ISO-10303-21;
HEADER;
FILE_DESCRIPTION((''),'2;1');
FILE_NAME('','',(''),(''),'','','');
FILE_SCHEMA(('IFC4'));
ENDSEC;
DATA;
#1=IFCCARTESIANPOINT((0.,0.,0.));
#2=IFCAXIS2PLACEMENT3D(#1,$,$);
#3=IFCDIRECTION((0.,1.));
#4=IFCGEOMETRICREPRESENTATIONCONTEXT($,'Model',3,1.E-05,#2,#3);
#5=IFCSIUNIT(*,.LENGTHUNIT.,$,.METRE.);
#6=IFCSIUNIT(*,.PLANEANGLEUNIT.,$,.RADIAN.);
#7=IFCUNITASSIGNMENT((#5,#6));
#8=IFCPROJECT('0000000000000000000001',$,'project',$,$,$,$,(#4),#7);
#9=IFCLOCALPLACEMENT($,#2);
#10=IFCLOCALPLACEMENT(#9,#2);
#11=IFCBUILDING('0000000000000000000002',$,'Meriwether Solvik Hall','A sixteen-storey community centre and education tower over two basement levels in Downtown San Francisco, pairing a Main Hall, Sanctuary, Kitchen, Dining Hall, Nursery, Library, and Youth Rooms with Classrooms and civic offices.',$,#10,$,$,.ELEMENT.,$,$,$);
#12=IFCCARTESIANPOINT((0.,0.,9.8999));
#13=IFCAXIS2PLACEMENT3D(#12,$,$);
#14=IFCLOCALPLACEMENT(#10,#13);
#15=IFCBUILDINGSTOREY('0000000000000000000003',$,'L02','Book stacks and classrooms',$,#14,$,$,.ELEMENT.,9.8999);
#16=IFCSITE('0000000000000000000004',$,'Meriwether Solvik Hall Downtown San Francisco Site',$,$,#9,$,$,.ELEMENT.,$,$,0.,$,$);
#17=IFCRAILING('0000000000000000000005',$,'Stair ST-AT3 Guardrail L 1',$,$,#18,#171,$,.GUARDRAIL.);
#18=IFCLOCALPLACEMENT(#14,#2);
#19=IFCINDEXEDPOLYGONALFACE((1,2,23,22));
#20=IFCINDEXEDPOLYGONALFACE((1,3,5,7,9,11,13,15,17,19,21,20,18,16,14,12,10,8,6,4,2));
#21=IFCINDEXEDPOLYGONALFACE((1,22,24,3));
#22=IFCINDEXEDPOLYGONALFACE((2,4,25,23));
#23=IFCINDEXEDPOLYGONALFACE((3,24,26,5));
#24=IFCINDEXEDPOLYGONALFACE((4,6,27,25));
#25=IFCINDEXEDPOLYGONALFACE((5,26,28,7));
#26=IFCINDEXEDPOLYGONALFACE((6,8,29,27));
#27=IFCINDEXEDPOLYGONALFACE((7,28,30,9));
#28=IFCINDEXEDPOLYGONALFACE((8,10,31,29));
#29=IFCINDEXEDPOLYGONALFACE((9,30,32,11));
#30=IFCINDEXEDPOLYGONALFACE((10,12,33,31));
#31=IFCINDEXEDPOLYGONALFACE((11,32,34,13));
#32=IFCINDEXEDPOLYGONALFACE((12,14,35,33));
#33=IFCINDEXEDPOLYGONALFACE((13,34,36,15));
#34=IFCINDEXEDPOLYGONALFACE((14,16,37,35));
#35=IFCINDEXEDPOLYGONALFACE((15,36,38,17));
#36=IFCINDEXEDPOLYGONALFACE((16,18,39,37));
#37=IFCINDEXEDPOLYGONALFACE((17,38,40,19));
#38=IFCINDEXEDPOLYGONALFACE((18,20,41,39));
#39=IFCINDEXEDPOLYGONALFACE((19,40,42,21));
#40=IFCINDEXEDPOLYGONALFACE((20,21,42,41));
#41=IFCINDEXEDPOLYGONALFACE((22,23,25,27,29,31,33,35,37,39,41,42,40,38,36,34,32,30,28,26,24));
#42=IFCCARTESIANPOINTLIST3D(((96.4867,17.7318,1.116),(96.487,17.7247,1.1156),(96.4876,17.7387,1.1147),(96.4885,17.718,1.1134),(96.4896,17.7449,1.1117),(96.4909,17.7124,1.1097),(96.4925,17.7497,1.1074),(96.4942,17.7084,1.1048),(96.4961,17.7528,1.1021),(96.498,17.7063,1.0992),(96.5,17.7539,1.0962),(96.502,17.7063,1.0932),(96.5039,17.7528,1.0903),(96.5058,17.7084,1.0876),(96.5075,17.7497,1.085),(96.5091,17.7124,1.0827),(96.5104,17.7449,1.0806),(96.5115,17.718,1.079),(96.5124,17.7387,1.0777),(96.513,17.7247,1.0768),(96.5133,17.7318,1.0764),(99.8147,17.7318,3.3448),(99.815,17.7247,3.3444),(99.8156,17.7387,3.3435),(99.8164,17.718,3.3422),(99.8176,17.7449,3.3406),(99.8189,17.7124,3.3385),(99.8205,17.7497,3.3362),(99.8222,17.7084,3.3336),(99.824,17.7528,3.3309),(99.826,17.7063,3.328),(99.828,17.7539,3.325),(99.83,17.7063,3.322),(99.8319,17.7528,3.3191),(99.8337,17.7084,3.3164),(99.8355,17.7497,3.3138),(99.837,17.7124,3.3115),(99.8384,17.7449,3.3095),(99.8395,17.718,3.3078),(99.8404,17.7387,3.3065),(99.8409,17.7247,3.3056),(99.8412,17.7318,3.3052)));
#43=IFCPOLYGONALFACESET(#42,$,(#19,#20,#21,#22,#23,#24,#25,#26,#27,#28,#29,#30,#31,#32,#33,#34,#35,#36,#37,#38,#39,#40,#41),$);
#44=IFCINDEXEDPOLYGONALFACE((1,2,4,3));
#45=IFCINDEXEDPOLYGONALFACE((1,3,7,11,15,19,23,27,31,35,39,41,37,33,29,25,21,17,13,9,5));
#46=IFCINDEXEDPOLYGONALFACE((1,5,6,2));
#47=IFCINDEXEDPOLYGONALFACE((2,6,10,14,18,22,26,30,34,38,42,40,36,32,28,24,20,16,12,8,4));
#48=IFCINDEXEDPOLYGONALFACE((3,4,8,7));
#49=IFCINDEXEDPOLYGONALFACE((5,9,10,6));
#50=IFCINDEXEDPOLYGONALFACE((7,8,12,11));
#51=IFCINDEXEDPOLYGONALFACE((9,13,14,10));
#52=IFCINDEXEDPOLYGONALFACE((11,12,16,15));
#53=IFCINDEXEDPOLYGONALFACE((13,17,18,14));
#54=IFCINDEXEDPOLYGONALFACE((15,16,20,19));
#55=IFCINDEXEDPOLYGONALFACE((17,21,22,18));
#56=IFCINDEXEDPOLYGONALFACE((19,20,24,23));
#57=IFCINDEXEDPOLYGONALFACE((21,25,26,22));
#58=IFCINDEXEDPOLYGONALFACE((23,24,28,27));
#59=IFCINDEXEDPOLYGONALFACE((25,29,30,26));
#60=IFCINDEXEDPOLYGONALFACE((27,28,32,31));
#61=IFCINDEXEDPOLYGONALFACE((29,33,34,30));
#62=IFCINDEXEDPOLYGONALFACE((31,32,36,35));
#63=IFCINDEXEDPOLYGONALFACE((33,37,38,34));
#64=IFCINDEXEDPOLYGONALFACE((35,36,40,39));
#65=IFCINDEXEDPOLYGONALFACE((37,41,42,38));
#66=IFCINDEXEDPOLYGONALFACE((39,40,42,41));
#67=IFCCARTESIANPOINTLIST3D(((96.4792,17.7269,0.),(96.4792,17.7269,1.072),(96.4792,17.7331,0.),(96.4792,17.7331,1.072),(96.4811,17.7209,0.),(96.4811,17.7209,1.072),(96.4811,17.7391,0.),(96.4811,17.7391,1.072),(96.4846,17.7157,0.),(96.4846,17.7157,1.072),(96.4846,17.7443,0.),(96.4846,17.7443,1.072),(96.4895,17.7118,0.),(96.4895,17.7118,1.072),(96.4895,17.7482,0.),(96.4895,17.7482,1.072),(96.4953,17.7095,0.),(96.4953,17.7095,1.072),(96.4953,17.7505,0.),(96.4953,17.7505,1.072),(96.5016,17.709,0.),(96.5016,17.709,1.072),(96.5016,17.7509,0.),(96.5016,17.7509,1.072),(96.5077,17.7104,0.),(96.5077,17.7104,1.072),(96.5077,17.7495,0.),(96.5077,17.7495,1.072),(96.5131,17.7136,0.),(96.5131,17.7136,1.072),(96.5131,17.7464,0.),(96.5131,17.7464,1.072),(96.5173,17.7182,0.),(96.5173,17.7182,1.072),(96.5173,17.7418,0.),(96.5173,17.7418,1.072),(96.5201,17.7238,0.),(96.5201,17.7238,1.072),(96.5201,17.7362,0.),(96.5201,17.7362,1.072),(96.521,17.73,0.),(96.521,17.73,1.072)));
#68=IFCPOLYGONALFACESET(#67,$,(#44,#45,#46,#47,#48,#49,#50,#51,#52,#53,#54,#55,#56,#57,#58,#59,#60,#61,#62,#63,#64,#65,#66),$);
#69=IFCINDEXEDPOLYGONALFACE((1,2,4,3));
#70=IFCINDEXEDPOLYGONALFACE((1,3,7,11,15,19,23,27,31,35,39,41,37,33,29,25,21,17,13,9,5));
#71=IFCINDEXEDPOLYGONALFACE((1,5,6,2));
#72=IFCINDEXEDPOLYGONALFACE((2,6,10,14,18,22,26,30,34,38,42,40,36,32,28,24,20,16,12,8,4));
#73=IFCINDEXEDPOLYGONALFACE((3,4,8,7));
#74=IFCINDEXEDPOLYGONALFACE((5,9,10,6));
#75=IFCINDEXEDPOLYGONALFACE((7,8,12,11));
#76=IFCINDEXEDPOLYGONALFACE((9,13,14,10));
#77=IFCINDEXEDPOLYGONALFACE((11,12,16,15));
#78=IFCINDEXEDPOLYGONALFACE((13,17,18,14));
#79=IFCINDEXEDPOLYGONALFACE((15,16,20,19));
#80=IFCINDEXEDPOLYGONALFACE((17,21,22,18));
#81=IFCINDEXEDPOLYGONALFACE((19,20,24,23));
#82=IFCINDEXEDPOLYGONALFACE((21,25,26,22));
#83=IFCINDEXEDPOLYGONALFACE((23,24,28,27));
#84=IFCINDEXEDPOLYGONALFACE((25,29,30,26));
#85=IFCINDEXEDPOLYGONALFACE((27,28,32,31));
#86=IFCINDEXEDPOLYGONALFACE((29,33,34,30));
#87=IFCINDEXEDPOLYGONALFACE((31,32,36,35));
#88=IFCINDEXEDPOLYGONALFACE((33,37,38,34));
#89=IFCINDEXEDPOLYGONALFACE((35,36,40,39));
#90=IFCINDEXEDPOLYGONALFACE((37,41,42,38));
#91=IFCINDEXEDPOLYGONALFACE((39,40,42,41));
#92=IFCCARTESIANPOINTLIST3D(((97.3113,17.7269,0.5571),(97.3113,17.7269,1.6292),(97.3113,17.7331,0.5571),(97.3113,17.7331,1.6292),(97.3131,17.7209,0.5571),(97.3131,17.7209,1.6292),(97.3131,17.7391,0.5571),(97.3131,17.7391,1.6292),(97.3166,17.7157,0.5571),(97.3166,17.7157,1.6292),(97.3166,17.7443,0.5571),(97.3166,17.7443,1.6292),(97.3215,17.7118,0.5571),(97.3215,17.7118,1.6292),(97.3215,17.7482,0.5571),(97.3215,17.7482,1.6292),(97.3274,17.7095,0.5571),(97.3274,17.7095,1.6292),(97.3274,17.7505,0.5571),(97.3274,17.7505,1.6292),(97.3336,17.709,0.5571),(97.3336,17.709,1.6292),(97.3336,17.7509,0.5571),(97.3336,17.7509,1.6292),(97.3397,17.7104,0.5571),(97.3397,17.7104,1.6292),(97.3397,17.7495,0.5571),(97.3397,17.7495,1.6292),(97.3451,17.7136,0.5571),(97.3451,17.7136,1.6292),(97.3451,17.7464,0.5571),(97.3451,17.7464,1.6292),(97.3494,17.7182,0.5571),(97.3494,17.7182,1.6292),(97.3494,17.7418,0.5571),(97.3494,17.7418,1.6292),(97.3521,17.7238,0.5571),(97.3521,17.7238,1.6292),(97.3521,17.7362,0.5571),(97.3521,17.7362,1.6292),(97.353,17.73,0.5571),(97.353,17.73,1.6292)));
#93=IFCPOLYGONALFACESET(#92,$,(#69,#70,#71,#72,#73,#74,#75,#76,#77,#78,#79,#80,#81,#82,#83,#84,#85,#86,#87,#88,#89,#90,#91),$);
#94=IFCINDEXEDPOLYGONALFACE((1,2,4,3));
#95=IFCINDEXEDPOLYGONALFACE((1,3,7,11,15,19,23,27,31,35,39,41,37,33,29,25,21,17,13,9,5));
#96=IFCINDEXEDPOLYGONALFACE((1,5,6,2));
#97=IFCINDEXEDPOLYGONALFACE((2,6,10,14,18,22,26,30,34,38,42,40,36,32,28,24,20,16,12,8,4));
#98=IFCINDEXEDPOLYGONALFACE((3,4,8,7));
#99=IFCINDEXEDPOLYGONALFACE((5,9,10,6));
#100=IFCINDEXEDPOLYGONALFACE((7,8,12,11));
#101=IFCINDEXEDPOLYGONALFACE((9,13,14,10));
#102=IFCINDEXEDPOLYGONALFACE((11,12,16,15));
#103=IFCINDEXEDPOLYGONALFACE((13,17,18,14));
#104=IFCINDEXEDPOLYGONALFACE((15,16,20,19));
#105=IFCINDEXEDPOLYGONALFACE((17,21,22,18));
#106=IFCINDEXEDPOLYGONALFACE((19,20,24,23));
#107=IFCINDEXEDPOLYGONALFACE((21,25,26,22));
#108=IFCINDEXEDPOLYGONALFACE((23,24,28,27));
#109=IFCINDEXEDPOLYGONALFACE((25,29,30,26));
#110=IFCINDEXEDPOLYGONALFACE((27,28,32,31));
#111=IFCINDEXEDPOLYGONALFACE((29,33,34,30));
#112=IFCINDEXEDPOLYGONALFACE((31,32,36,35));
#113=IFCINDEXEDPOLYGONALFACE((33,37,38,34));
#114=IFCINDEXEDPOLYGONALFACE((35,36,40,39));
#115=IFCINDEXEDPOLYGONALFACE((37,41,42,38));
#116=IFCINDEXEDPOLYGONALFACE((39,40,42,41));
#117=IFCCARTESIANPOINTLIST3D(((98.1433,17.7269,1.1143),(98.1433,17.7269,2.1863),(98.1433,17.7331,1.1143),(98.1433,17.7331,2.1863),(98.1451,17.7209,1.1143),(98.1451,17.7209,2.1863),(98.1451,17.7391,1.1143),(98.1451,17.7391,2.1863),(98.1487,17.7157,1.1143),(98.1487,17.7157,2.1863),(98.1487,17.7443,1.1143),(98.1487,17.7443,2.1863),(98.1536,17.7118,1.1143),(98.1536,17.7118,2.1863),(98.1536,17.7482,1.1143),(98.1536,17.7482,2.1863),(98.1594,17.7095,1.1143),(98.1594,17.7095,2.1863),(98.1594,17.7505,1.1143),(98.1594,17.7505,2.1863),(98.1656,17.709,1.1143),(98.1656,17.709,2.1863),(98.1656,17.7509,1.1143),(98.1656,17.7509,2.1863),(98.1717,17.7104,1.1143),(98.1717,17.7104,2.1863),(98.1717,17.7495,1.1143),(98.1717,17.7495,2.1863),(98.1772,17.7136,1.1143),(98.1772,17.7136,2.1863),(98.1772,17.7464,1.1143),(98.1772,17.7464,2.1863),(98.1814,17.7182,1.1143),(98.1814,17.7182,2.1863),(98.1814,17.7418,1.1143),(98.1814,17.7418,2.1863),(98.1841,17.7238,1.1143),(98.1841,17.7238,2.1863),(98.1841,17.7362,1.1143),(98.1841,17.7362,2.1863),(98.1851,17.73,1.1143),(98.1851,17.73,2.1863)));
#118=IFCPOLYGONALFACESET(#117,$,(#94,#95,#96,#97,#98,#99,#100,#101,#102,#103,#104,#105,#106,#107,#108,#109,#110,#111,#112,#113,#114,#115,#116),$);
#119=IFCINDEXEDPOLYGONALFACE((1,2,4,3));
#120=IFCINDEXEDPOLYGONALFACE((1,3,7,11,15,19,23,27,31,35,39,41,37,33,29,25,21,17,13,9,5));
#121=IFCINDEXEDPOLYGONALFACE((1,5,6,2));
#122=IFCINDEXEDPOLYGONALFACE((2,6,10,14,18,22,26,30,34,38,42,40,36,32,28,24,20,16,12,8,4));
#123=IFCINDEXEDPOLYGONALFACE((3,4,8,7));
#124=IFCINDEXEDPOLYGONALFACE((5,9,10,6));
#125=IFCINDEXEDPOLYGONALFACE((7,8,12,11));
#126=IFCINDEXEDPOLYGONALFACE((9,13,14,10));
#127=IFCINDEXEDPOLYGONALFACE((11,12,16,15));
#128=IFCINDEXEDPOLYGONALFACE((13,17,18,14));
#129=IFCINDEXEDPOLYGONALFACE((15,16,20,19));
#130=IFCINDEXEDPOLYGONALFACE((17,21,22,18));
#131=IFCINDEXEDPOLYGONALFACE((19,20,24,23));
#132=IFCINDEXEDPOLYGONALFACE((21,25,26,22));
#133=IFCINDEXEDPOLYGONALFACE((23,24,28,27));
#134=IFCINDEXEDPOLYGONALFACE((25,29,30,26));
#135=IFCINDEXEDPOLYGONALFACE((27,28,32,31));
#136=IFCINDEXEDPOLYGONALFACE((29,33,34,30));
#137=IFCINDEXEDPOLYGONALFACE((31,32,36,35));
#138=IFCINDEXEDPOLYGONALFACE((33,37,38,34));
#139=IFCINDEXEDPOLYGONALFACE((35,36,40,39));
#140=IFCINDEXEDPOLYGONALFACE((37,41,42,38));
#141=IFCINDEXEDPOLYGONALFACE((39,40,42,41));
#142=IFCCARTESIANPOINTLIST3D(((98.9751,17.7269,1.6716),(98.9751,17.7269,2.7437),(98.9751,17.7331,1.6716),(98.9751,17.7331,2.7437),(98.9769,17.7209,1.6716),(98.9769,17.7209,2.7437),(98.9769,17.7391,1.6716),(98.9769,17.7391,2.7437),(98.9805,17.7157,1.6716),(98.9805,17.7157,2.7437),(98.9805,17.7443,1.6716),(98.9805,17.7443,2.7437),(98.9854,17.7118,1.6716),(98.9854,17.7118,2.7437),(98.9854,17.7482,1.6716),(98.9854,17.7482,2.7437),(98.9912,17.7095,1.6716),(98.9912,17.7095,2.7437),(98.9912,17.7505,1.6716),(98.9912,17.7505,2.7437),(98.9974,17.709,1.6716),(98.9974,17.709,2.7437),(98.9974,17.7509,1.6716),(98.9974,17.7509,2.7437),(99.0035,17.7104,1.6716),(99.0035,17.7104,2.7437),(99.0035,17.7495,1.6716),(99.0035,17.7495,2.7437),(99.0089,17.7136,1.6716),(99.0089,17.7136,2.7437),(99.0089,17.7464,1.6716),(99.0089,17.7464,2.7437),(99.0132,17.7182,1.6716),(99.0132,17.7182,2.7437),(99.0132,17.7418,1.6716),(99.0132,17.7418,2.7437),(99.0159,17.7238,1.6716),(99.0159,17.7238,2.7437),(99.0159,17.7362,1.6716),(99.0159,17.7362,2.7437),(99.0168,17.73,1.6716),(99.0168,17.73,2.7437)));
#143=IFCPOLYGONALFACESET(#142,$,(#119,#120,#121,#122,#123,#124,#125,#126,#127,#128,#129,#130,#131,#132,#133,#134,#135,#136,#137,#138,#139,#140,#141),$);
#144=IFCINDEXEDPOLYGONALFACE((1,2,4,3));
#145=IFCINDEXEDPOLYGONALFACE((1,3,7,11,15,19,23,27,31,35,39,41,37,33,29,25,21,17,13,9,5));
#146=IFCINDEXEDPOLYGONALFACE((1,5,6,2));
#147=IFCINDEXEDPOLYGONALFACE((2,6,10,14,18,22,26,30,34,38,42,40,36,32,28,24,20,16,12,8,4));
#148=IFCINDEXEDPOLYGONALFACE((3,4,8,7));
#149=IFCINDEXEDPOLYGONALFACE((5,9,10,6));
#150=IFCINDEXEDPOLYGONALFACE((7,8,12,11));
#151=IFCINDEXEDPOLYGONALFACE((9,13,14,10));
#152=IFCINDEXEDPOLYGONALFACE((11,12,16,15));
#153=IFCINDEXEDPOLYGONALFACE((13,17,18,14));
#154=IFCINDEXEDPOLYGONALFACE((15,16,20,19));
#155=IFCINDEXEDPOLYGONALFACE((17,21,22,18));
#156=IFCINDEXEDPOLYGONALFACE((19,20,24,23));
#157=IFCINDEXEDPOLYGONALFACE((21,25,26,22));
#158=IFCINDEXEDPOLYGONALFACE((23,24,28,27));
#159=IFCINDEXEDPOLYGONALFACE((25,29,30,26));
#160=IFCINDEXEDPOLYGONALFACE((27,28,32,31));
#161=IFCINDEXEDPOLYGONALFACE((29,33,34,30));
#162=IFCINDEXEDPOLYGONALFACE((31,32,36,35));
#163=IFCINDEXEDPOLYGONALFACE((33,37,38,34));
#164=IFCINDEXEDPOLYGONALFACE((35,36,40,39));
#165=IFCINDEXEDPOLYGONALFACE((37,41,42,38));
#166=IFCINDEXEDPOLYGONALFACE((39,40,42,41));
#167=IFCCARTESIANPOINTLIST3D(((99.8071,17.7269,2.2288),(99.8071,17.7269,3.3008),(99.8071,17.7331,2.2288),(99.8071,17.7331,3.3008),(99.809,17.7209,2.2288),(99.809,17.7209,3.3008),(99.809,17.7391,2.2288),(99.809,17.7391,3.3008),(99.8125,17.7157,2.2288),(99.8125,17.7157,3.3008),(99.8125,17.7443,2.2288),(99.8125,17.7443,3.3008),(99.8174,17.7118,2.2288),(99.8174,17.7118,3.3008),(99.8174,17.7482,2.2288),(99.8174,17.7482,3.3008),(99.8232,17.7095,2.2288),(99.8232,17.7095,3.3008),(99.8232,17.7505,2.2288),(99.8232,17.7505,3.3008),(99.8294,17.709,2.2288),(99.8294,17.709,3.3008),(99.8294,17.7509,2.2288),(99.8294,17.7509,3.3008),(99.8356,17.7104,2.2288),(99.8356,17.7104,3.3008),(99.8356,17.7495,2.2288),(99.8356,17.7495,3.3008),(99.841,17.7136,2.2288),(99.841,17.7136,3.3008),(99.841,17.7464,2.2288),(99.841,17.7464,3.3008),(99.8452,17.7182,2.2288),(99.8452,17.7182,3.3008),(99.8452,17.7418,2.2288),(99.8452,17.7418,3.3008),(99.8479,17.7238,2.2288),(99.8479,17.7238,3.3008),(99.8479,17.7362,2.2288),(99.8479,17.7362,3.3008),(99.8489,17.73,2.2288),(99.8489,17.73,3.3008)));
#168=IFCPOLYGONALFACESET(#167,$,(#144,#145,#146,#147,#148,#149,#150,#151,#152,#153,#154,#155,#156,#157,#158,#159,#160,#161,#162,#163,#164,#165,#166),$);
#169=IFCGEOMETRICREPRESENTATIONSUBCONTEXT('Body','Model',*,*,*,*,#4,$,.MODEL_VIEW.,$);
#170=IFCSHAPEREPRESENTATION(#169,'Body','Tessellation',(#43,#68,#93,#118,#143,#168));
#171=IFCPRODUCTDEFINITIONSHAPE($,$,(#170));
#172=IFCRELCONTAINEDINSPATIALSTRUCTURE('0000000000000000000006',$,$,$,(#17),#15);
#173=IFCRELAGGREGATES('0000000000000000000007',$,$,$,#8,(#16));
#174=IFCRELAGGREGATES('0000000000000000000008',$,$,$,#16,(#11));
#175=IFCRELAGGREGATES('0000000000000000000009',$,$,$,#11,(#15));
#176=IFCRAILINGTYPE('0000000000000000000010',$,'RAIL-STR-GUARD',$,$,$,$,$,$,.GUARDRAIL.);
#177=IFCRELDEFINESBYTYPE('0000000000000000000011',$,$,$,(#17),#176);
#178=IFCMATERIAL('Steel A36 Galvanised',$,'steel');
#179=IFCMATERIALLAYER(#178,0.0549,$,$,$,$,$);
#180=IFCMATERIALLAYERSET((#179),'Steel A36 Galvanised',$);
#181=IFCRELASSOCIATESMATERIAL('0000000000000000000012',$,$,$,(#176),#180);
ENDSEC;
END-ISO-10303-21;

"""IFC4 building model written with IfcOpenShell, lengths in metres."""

from ifc_helpers import new_model, si_unit, direction, frame, origin, origin_2d, place, context, subcontext, project, spatial, circle, extrude, material, layer, layer_set, type_object, element, save


model = new_model("IFC4")

# Units and contexts
model_context = context("Model", 3, precision=1e-05, world=origin(), true_north=direction((0.0, 1.0)))
body_context = subcontext(model_context, "Body", "Model", "MODEL_VIEW")
ifc_project = project(units=[si_unit("LENGTHUNIT", "METRE"), si_unit("PLANEANGLEUNIT", "RADIAN")], contexts=[model_context])

# Site, building, storey
site_placement = place(None, origin())
site = spatial("IfcSite", under=ifc_project, at=site_placement, Name="Meriwether Solvik Hall Downtown San Francisco Site", CompositionType="ELEMENT", RefElevation=0.0)
building_placement = place(site_placement, origin())
building = spatial("IfcBuilding", under=site, at=building_placement, Name="Meriwether Solvik Hall", Description="A sixteen-storey community centre and education tower over two basement levels in Downtown San Francisco, pairing a Main Hall, Sanctuary, Kitchen, Dining Hall, Nursery, Library, and Youth Rooms with Classrooms and civic offices.", CompositionType="ELEMENT")
storey_placement = place(building_placement, frame((0.0, 0.0, 9.8999)))
storey = spatial("IfcBuildingStorey", under=building, at=storey_placement, Name="L02", Description="Book stacks and classrooms", CompositionType="ELEMENT", Elevation=9.8999)

# Railing
ifc_material_1 = material(Name="Steel A36 Galvanised", Category="steel")
ifc_layer_1 = layer(ifc_material_1, 0.0549)
ifc_layer_set_1 = layer_set([ifc_layer_1], Name="Steel A36 Galvanised")
railing_type_1 = type_object("IfcRailingType", Name="RAIL-STR-GUARD", PredefinedType="GUARDRAIL", material=ifc_layer_set_1)
railing_1_placement = place(storey_placement, frame((96.5, 17.73, 0.0)))
element("IfcRailing", 1, at=railing_1_placement, inside=storey, type_object=railing_type_1, Name="Stair ST-AT3 Guardrail L 1", PredefinedType="GUARDRAIL", context=body_context, shape_type="SweptSolid", body=[
    extrude(circle(Radius=0.0239, at=origin_2d()), frame((0.0, 0.0, 1.0962), z_axis=(0.830876, 0.0, 0.556457), x_axis=(0.0, 1.0, 0.0)), (0.0, 0.0, 1.0), 4.0054),
    extrude(circle(Radius=0.021, at=origin_2d()), origin(), (0.0, 0.0, 1.0), 1.072),
    extrude(circle(Radius=0.021, at=origin_2d()), frame((0.832, 0.0, 0.5571)), (0.0, 0.0, 1.0), 1.072),
    extrude(circle(Radius=0.021, at=origin_2d()), frame((1.6641, 0.0, 1.1143)), (0.0, 0.0, 1.0), 1.072),
    extrude(circle(Radius=0.021, at=origin_2d()), frame((2.4958, 0.0, 1.6716)), (0.0, 0.0, 1.0), 1.072),
    extrude(circle(Radius=0.021, at=origin_2d()), frame((3.3279, 0.0, 2.2288)), (0.0, 0.0, 1.0), 1.072),
])

save(model, "model.ifc")
